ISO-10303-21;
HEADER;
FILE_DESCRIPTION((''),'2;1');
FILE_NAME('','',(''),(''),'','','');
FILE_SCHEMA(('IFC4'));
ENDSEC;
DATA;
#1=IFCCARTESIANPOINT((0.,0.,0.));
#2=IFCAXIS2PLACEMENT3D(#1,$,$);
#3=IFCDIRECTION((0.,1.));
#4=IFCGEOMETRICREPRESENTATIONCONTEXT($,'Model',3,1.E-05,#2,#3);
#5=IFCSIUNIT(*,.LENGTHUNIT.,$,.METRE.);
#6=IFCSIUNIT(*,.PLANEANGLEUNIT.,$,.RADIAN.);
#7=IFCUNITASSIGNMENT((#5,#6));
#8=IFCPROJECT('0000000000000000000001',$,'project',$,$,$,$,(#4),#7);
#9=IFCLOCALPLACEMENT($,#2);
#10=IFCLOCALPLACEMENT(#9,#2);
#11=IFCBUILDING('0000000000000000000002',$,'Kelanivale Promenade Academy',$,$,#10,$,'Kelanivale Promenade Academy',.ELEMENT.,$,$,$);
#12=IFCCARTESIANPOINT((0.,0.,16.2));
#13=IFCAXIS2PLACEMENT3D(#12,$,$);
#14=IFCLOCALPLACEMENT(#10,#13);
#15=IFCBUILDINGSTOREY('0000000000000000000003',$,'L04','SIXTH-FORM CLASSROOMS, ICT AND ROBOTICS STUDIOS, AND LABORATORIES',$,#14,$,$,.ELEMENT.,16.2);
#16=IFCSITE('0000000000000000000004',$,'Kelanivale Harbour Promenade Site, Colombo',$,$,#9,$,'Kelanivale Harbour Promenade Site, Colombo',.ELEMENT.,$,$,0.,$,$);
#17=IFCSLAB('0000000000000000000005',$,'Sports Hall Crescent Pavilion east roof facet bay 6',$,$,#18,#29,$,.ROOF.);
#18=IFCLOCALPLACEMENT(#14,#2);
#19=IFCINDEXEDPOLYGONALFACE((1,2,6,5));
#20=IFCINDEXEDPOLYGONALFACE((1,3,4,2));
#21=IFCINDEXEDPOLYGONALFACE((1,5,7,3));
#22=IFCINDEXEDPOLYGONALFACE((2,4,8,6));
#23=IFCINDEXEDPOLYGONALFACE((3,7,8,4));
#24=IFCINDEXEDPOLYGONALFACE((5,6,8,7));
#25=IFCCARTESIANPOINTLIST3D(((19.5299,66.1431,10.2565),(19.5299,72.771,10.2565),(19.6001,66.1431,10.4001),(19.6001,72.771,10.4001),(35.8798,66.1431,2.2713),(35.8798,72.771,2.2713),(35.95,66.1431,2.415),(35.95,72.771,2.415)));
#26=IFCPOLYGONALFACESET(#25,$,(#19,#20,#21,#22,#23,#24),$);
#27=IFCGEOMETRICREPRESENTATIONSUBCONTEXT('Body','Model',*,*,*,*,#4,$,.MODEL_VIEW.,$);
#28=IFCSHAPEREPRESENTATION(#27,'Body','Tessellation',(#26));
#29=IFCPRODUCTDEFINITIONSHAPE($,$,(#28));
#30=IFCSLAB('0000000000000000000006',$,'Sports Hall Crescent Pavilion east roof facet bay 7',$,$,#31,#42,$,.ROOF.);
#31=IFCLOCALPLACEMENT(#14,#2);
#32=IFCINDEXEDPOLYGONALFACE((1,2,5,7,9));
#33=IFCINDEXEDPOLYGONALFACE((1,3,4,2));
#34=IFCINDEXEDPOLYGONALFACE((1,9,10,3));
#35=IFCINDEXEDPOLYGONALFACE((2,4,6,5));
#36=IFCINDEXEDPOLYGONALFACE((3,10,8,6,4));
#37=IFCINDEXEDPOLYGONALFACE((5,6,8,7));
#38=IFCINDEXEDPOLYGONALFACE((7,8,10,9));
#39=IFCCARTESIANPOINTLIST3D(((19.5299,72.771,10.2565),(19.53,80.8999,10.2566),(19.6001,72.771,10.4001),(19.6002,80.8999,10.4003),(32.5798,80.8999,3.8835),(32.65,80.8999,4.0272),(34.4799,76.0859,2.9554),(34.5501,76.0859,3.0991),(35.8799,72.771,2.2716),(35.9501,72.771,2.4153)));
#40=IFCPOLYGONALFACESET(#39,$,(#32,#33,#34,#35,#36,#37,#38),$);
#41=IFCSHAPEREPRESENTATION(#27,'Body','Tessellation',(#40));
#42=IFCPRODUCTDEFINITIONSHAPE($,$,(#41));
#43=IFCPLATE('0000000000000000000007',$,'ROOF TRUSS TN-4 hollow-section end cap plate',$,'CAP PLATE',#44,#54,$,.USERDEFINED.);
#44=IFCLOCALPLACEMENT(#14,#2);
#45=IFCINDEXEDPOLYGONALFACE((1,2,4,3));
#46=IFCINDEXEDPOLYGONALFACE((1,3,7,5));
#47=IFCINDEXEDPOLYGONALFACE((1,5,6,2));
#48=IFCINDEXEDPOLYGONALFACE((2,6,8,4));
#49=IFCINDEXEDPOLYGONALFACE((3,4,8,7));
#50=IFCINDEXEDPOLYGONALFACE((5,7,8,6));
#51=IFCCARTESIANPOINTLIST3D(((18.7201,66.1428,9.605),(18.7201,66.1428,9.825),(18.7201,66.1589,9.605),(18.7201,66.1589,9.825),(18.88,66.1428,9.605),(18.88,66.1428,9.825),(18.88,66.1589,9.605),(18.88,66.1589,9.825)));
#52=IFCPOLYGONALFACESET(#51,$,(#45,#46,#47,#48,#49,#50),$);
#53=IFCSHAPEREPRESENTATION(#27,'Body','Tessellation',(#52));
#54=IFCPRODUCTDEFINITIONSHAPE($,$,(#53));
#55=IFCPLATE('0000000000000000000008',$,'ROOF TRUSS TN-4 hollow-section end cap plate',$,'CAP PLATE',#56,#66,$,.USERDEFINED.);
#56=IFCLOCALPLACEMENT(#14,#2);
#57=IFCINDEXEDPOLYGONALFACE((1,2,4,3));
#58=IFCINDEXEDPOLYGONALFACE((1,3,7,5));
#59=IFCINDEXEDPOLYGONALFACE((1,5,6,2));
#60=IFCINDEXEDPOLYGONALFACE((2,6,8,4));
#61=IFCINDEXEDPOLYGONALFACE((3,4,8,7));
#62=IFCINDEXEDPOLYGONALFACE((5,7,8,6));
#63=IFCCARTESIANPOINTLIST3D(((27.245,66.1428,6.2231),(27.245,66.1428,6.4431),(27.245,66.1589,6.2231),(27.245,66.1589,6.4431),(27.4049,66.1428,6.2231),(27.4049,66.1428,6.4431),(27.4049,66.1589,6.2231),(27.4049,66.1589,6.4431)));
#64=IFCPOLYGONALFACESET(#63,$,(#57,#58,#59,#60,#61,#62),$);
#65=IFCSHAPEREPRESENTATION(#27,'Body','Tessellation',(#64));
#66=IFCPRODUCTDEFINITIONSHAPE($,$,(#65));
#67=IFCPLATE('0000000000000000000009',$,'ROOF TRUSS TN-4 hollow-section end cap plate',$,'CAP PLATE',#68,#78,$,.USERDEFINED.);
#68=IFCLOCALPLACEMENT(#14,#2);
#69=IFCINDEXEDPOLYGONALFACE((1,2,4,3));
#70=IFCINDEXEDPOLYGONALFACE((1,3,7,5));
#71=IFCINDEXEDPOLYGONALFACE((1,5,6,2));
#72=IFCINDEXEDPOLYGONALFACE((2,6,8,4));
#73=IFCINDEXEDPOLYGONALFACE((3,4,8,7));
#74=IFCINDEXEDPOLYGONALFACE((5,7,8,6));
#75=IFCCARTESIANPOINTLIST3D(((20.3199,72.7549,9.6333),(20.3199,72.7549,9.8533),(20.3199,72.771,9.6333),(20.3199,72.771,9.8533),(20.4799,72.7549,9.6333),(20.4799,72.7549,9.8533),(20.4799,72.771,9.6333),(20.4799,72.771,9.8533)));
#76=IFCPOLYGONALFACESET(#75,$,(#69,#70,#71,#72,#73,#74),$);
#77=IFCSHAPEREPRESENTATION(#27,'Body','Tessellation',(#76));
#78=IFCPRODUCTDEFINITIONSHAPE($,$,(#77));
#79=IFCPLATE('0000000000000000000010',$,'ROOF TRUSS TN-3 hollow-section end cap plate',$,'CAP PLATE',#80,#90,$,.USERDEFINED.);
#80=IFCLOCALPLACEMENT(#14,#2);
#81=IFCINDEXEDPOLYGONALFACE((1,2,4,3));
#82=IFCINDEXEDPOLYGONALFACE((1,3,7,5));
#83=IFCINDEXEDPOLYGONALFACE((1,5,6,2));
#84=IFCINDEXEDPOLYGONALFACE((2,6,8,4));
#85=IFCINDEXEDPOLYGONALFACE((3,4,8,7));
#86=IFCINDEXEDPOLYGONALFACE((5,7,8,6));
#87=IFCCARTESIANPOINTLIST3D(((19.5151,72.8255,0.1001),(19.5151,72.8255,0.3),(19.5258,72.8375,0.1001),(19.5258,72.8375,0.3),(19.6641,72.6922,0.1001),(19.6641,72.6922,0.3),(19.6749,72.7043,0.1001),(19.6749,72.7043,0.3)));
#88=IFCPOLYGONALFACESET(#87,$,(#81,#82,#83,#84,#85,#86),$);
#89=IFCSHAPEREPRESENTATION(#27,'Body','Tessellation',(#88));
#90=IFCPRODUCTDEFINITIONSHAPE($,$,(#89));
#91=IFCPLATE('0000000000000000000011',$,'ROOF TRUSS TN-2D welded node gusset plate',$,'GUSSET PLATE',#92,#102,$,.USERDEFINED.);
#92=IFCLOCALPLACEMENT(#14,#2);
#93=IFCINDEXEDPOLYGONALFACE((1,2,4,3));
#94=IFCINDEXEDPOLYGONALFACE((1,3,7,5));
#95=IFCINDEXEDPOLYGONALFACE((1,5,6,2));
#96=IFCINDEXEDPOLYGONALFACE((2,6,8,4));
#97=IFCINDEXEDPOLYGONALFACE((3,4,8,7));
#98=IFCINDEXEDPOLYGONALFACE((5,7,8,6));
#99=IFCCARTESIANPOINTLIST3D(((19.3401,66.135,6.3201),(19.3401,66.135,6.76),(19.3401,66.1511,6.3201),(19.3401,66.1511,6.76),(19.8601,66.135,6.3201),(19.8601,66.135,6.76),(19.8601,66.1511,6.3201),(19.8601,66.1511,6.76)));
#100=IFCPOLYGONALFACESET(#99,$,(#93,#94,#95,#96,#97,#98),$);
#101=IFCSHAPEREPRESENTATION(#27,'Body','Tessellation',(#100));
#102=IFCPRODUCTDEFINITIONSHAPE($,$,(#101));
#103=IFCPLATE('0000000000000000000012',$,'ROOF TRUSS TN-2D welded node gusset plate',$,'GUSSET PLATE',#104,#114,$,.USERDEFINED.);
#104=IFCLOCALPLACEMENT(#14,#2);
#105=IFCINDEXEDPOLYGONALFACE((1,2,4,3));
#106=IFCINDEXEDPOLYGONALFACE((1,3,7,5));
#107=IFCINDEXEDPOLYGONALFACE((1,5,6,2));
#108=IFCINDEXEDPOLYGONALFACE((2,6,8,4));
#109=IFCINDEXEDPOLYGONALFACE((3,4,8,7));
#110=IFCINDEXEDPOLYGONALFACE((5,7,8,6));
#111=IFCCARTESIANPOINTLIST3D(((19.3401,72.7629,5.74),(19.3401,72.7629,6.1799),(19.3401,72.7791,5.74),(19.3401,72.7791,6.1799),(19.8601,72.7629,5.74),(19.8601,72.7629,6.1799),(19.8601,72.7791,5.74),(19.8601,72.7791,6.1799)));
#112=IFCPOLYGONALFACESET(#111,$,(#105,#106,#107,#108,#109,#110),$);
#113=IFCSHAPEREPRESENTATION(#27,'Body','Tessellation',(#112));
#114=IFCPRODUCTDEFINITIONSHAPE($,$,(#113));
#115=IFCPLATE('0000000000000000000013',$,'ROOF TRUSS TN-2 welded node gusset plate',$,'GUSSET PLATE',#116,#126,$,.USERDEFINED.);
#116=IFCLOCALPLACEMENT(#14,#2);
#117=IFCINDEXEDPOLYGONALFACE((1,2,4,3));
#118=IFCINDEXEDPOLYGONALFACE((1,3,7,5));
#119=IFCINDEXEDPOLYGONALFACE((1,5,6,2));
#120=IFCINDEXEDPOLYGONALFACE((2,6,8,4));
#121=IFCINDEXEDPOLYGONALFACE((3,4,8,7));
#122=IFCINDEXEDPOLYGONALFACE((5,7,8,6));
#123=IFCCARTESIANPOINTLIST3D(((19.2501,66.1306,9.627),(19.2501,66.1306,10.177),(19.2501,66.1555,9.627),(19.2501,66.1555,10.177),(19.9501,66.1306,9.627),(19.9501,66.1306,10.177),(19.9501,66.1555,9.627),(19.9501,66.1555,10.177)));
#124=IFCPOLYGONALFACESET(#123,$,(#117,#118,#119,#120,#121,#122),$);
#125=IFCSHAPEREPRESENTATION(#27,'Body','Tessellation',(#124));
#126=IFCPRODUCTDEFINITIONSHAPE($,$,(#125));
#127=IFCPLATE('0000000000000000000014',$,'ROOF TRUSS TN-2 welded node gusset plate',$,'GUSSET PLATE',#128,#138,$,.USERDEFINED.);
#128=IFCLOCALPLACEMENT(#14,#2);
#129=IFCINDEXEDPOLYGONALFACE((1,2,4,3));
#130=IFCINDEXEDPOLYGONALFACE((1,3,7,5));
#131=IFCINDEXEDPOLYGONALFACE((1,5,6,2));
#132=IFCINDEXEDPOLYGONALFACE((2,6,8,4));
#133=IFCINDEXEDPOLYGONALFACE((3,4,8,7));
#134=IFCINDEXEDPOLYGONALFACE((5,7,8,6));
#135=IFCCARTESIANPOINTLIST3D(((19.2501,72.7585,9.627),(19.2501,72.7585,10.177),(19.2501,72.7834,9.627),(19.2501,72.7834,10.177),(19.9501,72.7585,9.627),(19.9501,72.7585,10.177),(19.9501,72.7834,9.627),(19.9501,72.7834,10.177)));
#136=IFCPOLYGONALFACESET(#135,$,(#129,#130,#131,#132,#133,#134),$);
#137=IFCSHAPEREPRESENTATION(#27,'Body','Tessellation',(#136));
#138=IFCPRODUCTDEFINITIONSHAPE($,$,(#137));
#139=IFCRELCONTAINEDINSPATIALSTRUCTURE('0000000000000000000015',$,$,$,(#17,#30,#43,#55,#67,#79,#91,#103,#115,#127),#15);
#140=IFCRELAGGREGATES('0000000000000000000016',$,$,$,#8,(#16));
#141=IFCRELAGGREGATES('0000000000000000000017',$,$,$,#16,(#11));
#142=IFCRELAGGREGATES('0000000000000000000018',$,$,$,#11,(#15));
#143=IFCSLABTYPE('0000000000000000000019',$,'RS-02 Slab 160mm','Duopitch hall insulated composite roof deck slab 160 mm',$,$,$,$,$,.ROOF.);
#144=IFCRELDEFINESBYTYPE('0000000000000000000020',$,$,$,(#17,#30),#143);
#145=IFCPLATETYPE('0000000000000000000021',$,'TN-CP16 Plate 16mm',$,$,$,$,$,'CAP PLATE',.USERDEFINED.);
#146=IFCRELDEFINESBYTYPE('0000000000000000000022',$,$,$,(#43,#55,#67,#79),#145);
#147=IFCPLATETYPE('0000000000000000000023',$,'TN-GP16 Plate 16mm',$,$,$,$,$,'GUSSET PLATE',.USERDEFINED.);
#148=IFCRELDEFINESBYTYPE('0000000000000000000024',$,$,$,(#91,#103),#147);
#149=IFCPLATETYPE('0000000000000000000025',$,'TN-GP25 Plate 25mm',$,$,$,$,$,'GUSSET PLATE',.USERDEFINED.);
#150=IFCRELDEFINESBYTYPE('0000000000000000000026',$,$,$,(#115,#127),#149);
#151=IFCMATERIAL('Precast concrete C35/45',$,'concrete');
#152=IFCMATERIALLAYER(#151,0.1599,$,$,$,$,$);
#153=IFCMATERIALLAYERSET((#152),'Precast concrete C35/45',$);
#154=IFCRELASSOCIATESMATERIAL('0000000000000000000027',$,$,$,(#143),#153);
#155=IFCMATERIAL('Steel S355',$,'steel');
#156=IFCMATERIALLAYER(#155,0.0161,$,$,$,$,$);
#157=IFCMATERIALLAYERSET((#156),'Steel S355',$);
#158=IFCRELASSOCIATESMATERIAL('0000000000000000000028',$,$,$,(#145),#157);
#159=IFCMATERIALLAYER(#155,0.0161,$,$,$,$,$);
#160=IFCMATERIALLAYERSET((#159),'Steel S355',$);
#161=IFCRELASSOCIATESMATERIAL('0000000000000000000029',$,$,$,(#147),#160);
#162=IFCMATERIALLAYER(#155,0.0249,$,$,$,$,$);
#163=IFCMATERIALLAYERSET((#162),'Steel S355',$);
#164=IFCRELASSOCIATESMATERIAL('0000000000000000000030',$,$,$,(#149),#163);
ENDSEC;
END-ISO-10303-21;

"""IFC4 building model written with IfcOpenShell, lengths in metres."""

from ifc_helpers import new_model, si_unit, direction, frame, origin, origin_2d, place, context, subcontext, project, spatial, polyline, rectangle, outline, extrude, material, layer, layer_set, type_object, element, save


model = new_model("IFC4")

# Units and contexts
model_context = context("Model", 3, precision=1e-05, world=origin(), true_north=direction((0.0, 1.0)))
body_context = subcontext(model_context, "Body", "Model", "MODEL_VIEW")
ifc_project = project(units=[si_unit("LENGTHUNIT", "METRE"), si_unit("PLANEANGLEUNIT", "RADIAN")], contexts=[model_context])

# Site, building, storey
site_placement = place(None, origin())
site = spatial("IfcSite", under=ifc_project, at=site_placement, Name="Kelanivale Harbour Promenade Site, Colombo", LongName="Kelanivale Harbour Promenade Site, Colombo", CompositionType="ELEMENT", RefElevation=0.0)
building_placement = place(site_placement, origin())
building = spatial("IfcBuilding", under=site, at=building_placement, Name="Kelanivale Promenade Academy", LongName="Kelanivale Promenade Academy", CompositionType="ELEMENT")
storey_placement = place(building_placement, frame((0.0, 0.0, 16.2)))
storey = spatial("IfcBuildingStorey", under=building, at=storey_placement, Name="L04", Description="SIXTH-FORM CLASSROOMS, ICT AND ROBOTICS STUDIOS, AND LABORATORIES", CompositionType="ELEMENT", Elevation=16.2)

# Shared definitions
ifc_material_1 = material(Name="Steel S355", Category="steel")

# Slabs
ifc_material_2 = material(Name="Precast concrete C35/45", Category="concrete")
ifc_layer_1 = layer(ifc_material_2, 0.1599)
ifc_layer_set_1 = layer_set([ifc_layer_1], Name="Precast concrete C35/45")
slab_type = type_object("IfcSlabType", Name="RS-02 Slab 160mm", Description="Duopitch hall insulated composite roof deck slab 160 mm", PredefinedType="ROOF", material=ifc_layer_set_1)
slab_1_placement = place(storey_placement, frame((19.6001, 66.1431, 10.4001), z_axis=(0.438848, 0.0, 0.898561), x_axis=(0.898561, 0.0, -0.438848)))
element("IfcSlab", 1, at=slab_1_placement, inside=storey, type_object=slab_type, Name="Sports Hall Crescent Pavilion east roof facet bay 6", PredefinedType="ROOF", context=body_context, shape_type="SweptSolid", body=[
    extrude(outline(polyline([(0.0, 0.0), (18.1956, 0.0), (18.1956, 6.6279), (0.0, 6.6279), (0.0, 0.0)])), origin(), (0.0, 0.0, -1.0), 0.1599),
])
slab_2_placement = place(storey_placement, frame((19.6001, 72.771, 10.4001), z_axis=(0.438834, -0.000024, 0.898568), x_axis=(0.898568, 0.0, -0.438834)))
element("IfcSlab", 2, at=slab_2_placement, inside=storey, type_object=slab_type, Name="Sports Hall Crescent Pavilion east roof facet bay 7", PredefinedType="ROOF", context=body_context, shape_type="SweptSolid", body=[
    extrude(outline(polyline([(0.0, 0.0), (18.1956, 0.0), (16.6375, 3.3149), (14.5228, 8.1289), (0.0, 8.1289), (0.0, 0.0)])), origin(), (0.0, 0.0, -1.0), 0.1599),
])

# Plates
ifc_layer_2 = layer(ifc_material_1, 0.0161)
ifc_layer_set_2 = layer_set([ifc_layer_2], Name="Steel S355")
plate_type_1 = type_object("IfcPlateType", Name="TN-CP16 Plate 16mm", ElementType="CAP PLATE", PredefinedType="USERDEFINED", material=ifc_layer_set_2)
for number, where, z_axis, x_axis, name in (
    (3, (18.8, 66.1509, 9.605), (0.0, 0.0, 1.0), (0.0, 1.0, 0.0), "ROOF TRUSS TN-4 hollow-section end cap plate"),
    (4, (27.325, 66.1509, 6.2231), (0.0, 0.0, 1.0), (0.0, 1.0, 0.0), "ROOF TRUSS TN-4 hollow-section end cap plate"),
    (5, (20.3999, 72.7629, 9.6333), (0.0, 0.0, 1.0), (0.0, -1.0, 0.0), "ROOF TRUSS TN-4 hollow-section end cap plate"),
):
    element("IfcPlate", number, at=place(storey_placement, frame(where, z_axis=z_axis, x_axis=x_axis)), inside=storey, type_object=plate_type_1, Name=name, ObjectType="CAP PLATE", PredefinedType="USERDEFINED", context=body_context, shape_type="SweptSolid", body=[
        extrude(rectangle(XDim=0.0161, YDim=0.1599, at=origin_2d()), origin(), (0.0, 0.0, 1.0), 0.22),
    ])
plate_placement = place(storey_placement, frame((19.595, 72.7649, 0.1001), z_axis=(0.0, 0.0, 1.0), x_axis=(-0.666532, -0.745476, 0.0)))
element("IfcPlate", 6, at=plate_placement, inside=storey, type_object=plate_type_1, Name="ROOF TRUSS TN-3 hollow-section end cap plate", ObjectType="CAP PLATE", PredefinedType="USERDEFINED", context=body_context, shape_type="SweptSolid", body=[
    extrude(rectangle(XDim=0.0161, YDim=0.2, at=origin_2d()), origin(), (0.0, 0.0, 1.0), 0.2),
])
ifc_layer_3 = layer(ifc_material_1, 0.0161)
ifc_layer_set_3 = layer_set([ifc_layer_3], Name="Steel S355")
plate_type_2 = type_object("IfcPlateType", Name="TN-GP16 Plate 16mm", ElementType="GUSSET PLATE", PredefinedType="USERDEFINED", material=ifc_layer_set_3)
for number, where, z_axis, x_axis, name in (
    (7, (19.6001, 66.1431, 6.3201), (0.0, 0.0, 1.0), (1.0, 0.0, 0.0), "ROOF TRUSS TN-2D welded node gusset plate"),
    (8, (19.6001, 72.771, 5.74), (0.0, 0.0, 1.0), (1.0, 0.0, 0.0), "ROOF TRUSS TN-2D welded node gusset plate"),
):
    element("IfcPlate", number, at=place(storey_placement, frame(where, z_axis=z_axis, x_axis=x_axis)), inside=storey, type_object=plate_type_2, Name=name, ObjectType="GUSSET PLATE", PredefinedType="USERDEFINED", context=body_context, shape_type="SweptSolid", body=[
        extrude(rectangle(XDim=0.52, YDim=0.0161, at=origin_2d()), origin(), (0.0, 0.0, 1.0), 0.4399),
    ])
ifc_layer_4 = layer(ifc_material_1, 0.0249)
ifc_layer_set_4 = layer_set([ifc_layer_4], Name="Steel S355")
plate_type_3 = type_object("IfcPlateType", Name="TN-GP25 Plate 25mm", ElementType="GUSSET PLATE", PredefinedType="USERDEFINED", material=ifc_layer_set_4)
for number, where, z_axis, x_axis, name in (
    (9, (19.6001, 66.1431, 9.627), (0.0, 0.0, 1.0), (1.0, 0.0, 0.0), "ROOF TRUSS TN-2 welded node gusset plate"),
    (10, (19.6001, 72.771, 9.627), (0.0, 0.0, 1.0), (1.0, 0.0, 0.0), "ROOF TRUSS TN-2 welded node gusset plate"),
):
    element("IfcPlate", number, at=place(storey_placement, frame(where, z_axis=z_axis, x_axis=x_axis)), inside=storey, type_object=plate_type_3, Name=name, ObjectType="GUSSET PLATE", PredefinedType="USERDEFINED", context=body_context, shape_type="SweptSolid", body=[
        extrude(rectangle(XDim=0.7, YDim=0.0249, at=origin_2d()), origin(), (0.0, 0.0, 1.0), 0.55),
    ])

save(model, "model.ifc")
